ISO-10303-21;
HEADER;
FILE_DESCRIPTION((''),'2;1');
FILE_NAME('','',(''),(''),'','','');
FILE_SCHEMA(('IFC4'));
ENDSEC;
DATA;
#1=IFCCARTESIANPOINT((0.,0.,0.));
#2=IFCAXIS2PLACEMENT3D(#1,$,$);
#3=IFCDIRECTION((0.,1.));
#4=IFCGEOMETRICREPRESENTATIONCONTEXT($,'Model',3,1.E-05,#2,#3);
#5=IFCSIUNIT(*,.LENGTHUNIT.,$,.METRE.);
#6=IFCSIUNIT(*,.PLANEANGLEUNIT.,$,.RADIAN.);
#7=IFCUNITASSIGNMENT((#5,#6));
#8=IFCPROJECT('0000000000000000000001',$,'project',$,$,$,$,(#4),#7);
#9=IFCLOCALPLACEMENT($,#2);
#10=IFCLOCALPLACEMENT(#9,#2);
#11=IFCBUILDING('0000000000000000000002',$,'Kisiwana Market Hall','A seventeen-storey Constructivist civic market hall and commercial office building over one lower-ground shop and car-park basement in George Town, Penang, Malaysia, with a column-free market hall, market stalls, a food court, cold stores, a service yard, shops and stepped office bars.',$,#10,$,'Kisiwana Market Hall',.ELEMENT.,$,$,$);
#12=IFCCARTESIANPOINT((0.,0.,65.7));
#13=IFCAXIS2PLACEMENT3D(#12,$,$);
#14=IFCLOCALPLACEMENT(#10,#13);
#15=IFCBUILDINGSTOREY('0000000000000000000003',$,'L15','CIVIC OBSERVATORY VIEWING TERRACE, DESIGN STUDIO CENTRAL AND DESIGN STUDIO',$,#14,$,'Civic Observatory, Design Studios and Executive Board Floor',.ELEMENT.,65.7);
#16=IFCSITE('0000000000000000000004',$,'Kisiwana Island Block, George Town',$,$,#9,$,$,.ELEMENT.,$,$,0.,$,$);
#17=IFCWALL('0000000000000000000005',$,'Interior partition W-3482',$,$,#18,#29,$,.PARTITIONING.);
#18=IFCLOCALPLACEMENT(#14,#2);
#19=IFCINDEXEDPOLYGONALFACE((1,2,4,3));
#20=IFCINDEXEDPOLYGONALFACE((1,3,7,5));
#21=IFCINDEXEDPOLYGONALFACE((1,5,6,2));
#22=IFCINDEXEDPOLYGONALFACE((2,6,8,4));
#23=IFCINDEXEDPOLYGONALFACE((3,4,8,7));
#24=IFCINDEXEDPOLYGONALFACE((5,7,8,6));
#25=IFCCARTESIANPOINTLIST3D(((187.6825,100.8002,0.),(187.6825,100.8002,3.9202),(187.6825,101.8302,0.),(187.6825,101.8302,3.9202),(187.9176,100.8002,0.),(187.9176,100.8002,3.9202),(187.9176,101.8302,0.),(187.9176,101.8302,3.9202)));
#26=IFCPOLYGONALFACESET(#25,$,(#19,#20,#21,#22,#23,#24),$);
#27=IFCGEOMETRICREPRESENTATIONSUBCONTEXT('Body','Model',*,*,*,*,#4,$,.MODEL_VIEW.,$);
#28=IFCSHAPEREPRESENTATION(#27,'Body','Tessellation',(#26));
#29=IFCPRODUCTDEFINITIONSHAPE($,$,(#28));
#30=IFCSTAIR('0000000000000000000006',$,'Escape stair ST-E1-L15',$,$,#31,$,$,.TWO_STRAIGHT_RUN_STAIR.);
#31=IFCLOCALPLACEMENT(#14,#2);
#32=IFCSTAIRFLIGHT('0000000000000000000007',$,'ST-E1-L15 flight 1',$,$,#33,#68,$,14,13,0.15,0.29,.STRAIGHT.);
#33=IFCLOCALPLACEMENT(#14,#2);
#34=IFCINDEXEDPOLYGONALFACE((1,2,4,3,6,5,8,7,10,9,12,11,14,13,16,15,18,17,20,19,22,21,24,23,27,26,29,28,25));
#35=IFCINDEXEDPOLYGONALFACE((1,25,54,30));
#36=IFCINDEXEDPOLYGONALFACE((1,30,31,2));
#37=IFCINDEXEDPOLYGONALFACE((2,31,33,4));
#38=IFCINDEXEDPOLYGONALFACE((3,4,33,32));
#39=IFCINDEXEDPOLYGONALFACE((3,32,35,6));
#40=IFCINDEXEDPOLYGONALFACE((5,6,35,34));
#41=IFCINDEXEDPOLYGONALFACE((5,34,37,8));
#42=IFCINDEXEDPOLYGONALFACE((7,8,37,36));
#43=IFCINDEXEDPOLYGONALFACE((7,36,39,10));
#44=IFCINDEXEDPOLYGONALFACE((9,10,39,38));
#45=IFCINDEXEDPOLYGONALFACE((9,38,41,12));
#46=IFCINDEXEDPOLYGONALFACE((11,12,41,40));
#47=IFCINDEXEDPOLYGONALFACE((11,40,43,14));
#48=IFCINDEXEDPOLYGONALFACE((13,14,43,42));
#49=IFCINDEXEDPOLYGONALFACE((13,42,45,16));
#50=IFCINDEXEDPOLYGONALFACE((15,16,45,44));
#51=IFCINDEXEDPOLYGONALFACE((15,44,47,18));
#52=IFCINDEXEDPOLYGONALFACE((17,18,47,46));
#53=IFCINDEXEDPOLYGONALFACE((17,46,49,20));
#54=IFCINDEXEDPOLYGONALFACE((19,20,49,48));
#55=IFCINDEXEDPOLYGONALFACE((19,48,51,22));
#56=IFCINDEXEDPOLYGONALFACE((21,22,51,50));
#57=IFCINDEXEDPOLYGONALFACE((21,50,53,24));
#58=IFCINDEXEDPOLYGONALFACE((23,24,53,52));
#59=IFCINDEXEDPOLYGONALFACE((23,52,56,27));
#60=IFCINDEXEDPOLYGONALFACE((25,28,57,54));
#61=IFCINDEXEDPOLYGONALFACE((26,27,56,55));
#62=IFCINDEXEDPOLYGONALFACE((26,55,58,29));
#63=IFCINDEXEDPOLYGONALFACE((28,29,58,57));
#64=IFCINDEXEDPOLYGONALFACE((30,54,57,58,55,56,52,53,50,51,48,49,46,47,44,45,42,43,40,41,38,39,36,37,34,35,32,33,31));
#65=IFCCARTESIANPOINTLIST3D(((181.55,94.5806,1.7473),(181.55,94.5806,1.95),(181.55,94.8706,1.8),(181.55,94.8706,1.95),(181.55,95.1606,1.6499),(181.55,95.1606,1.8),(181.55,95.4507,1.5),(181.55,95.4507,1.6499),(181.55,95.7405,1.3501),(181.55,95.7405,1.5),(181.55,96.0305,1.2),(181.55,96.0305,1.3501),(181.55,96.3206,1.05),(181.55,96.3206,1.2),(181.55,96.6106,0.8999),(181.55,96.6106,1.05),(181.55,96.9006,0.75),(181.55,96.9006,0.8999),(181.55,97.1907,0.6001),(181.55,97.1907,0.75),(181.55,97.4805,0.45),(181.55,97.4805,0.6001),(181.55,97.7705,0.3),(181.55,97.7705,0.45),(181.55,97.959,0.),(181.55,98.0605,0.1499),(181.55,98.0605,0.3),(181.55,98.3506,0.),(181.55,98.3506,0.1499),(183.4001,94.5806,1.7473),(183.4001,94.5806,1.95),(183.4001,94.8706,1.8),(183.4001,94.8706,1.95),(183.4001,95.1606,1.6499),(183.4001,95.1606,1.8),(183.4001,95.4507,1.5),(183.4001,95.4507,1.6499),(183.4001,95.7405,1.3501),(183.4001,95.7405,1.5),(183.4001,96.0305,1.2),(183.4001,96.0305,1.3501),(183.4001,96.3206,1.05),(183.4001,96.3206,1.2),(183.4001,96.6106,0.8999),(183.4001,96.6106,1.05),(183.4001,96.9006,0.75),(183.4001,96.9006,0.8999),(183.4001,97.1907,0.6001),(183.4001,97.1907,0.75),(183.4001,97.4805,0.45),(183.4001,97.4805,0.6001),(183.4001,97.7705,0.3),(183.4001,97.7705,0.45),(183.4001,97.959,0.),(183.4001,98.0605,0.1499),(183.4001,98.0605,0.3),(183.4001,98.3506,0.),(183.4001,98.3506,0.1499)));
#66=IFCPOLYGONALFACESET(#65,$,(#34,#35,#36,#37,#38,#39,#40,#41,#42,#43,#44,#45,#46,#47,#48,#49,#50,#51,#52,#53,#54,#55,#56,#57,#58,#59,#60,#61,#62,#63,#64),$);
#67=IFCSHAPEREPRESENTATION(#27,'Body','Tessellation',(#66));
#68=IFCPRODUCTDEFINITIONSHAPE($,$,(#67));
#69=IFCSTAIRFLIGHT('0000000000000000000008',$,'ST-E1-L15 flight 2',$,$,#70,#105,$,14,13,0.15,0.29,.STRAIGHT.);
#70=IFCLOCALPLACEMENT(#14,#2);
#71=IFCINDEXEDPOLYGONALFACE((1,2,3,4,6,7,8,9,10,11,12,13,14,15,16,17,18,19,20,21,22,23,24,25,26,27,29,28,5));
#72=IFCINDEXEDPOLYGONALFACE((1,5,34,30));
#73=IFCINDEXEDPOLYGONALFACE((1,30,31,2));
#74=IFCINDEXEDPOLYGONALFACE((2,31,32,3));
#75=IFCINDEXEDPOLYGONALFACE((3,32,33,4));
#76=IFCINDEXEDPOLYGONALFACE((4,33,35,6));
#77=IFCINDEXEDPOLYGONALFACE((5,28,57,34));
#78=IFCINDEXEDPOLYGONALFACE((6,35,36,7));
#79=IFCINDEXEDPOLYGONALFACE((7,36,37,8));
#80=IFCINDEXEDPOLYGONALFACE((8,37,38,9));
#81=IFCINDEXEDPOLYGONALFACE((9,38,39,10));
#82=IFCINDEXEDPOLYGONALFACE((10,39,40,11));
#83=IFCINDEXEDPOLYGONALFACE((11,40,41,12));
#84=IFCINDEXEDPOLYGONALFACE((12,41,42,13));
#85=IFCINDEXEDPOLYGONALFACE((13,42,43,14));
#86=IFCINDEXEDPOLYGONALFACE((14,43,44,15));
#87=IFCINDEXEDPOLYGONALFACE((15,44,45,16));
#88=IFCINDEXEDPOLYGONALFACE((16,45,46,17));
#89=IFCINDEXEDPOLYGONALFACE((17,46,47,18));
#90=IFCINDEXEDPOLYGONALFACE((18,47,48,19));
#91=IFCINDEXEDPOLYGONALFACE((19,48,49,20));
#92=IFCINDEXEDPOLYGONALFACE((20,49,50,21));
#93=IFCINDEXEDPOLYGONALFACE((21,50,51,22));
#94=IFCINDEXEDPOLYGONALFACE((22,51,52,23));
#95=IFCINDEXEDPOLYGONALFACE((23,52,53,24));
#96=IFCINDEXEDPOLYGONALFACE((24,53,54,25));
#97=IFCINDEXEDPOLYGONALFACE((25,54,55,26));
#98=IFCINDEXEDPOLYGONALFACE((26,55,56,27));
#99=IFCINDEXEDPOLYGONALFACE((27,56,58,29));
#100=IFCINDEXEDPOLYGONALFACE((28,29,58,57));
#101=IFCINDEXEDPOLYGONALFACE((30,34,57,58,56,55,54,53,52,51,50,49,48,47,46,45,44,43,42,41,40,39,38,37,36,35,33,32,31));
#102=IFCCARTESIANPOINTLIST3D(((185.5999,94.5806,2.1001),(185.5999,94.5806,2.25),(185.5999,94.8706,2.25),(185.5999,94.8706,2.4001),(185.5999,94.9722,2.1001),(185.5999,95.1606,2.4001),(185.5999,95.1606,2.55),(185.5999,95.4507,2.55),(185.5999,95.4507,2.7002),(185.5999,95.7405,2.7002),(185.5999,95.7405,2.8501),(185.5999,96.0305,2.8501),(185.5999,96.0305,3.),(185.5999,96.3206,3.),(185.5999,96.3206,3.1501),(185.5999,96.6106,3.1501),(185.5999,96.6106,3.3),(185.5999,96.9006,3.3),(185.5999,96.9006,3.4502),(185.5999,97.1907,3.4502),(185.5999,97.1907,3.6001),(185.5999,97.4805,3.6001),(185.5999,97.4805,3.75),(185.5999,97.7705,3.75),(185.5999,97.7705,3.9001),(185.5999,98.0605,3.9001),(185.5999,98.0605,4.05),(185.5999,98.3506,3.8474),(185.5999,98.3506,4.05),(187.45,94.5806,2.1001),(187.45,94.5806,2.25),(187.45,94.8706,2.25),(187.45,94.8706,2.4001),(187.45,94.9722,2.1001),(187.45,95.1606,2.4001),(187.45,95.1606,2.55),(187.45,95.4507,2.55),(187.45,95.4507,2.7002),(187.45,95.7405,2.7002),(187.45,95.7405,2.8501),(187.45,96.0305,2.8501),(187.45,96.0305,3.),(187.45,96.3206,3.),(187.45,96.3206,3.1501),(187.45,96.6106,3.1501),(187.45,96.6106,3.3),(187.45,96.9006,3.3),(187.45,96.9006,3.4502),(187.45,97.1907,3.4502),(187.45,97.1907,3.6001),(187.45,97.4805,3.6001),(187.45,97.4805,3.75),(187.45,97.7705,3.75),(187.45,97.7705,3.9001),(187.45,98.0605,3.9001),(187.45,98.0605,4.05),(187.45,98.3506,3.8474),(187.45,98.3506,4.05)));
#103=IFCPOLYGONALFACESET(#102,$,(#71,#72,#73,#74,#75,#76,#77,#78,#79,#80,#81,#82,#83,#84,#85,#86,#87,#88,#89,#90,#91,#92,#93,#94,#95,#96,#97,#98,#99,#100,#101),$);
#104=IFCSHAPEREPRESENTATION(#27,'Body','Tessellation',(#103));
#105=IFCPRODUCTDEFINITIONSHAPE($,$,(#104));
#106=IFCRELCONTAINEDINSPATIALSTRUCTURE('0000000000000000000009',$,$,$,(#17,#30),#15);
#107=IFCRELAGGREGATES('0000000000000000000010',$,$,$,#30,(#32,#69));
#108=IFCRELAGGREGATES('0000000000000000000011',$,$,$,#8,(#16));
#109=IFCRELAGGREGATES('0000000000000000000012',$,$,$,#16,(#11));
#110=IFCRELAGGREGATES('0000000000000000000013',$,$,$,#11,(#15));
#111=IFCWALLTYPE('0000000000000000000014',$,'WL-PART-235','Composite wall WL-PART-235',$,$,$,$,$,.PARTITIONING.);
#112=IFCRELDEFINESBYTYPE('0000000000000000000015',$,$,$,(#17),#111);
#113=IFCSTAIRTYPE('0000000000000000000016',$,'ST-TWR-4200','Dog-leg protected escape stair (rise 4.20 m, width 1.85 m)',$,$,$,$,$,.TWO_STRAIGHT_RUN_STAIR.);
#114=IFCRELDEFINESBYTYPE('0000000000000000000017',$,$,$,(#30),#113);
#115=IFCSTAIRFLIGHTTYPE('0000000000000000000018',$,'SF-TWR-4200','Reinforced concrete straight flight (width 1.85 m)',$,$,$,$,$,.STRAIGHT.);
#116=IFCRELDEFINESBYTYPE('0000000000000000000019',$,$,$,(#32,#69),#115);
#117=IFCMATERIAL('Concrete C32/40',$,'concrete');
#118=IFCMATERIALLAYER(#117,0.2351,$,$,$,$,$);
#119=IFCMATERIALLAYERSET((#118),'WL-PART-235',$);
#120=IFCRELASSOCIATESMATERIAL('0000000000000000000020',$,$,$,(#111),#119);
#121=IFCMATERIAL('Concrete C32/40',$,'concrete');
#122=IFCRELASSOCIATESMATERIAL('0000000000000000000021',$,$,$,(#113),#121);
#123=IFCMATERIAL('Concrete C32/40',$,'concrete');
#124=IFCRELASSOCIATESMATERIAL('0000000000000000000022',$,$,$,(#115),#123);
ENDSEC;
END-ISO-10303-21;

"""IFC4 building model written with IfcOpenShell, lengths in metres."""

from ifc_helpers import new_model, si_unit, direction, frame, frame_2d, origin, place, context, subcontext, project, spatial, polyline, rectangle, outline, extrude, material, layer, layer_set, type_object, element, aggregate, save


model = new_model("IFC4")

# Units and contexts
model_context = context("Model", 3, precision=1e-05, world=origin(), true_north=direction((0.0, 1.0)))
body_context = subcontext(model_context, "Body", "Model", "MODEL_VIEW")
ifc_project = project(units=[si_unit("LENGTHUNIT", "METRE"), si_unit("PLANEANGLEUNIT", "RADIAN")], contexts=[model_context])

# Site, building, storey
site_placement = place(None, origin())
site = spatial("IfcSite", under=ifc_project, at=site_placement, Name="Kisiwana Island Block, George Town", CompositionType="ELEMENT", RefElevation=0.0)
building_placement = place(site_placement, origin())
building = spatial("IfcBuilding", under=site, at=building_placement, Name="Kisiwana Market Hall", Description="A seventeen-storey Constructivist civic market hall and commercial office building over one lower-ground shop and car-park basement in George Town, Penang, Malaysia, with a column-free market hall, market stalls, a food court, cold stores, a service yard, shops and stepped office bars.", LongName="Kisiwana Market Hall", CompositionType="ELEMENT")
storey_placement = place(building_placement, frame((0.0, 0.0, 65.7)))
storey = spatial("IfcBuildingStorey", under=building, at=storey_placement, Name="L15", Description="CIVIC OBSERVATORY VIEWING TERRACE, DESIGN STUDIO CENTRAL AND DESIGN STUDIO", LongName="Civic Observatory, Design Studios and Executive Board Floor", CompositionType="ELEMENT", Elevation=65.7)

# Wall
ifc_material_1 = material(Name="Concrete C32/40", Category="concrete")
ifc_layer_1 = layer(ifc_material_1, 0.2351)
ifc_layer_set_1 = layer_set([ifc_layer_1], Name="WL-PART-235")
wall_type_1 = type_object("IfcWallType", Name="WL-PART-235", Description="Composite wall WL-PART-235", PredefinedType="PARTITIONING", material=ifc_layer_set_1)
wall_1_placement = place(storey_placement, frame((187.8, 100.8, 0.0), z_axis=(0.0, 0.0, 1.0), x_axis=(0.0, 1.0, 0.0)))
element("IfcWall", 1, at=wall_1_placement, inside=storey, type_object=wall_type_1, Name="Interior partition W-3482", PredefinedType="PARTITIONING", context=body_context, shape_type="SweptSolid", body=[
    extrude(rectangle(XDim=1.03, YDim=0.2351, at=frame_2d((0.5151, 0.0))), origin(), (0.0, 0.0, 1.0), 3.9202),
])

# Stair, stair flights
ifc_material_2 = material(Name="Concrete C32/40", Category="concrete")
stair_type = type_object("IfcStairType", Name="ST-TWR-4200", Description="Dog-leg protected escape stair (rise 4.20 m, width 1.85 m)", PredefinedType="TWO_STRAIGHT_RUN_STAIR", material=ifc_material_2)
stair_placement = place(storey_placement, origin())
stair = element("IfcStair", 2, at=stair_placement, inside=storey, type_object=stair_type, Name="Escape stair ST-E1-L15", PredefinedType="TWO_STRAIGHT_RUN_STAIR")
ifc_material_3 = material(Name="Concrete C32/40", Category="concrete")
stair_flight_type = type_object("IfcStairFlightType", Name="SF-TWR-4200", Description="Reinforced concrete straight flight (width 1.85 m)", PredefinedType="STRAIGHT", material=ifc_material_3)
stair_flight_1_placement = place(storey_placement, frame((182.4751, 98.3506, 0.0), z_axis=(0.0, 0.0, 1.0), x_axis=(0.0, -1.0, 0.0)))
stair_flight_1 = element("IfcStairFlight", 3, at=stair_flight_1_placement, type_object=stair_flight_type, Name="ST-E1-L15 flight 1", NumberOfRisers=14, NumberOfTreads=13, PredefinedType="STRAIGHT", RiserHeight=0.15, TreadLength=0.29, context=body_context, shape_type="SweptSolid", body=[
    extrude(outline(polyline([(0.0, 0.0), (0.0, 0.1499), (0.29, 0.1499), (0.29, 0.3), (0.5801, 0.3), (0.5801, 0.45), (0.8701, 0.45), (0.8701, 0.6001), (1.1599, 0.6001), (1.1599, 0.75), (1.45, 0.75), (1.45, 0.8999), (1.74, 0.8999), (1.74, 1.05), (2.03, 1.05), (2.03, 1.2), (2.3201, 1.2), (2.3201, 1.3501), (2.6101, 1.3501), (2.6101, 1.5), (2.8999, 1.5), (2.8999, 1.6499), (3.1899, 1.6499), (3.1899, 1.8), (3.48, 1.8), (3.48, 1.95), (3.77, 1.95), (3.77, 2.1001), (3.77, 1.7473), (0.3916, 0.0), (0.0, 0.0)])), frame((0.0, 0.925, 0.0), z_axis=(0.0, -1.0, 0.0), x_axis=(1.0, 0.0, 0.0)), (0.0, 0.0, 1.0), 1.8501),
])
stair_flight_2_placement = place(storey_placement, frame((186.5249, 94.5806, 2.1001), z_axis=(0.0, 0.0, 1.0), x_axis=(0.0, 1.0, 0.0)))
stair_flight_2 = element("IfcStairFlight", 4, at=stair_flight_2_placement, type_object=stair_flight_type, Name="ST-E1-L15 flight 2", NumberOfRisers=14, NumberOfTreads=13, PredefinedType="STRAIGHT", RiserHeight=0.15, TreadLength=0.29, context=body_context, shape_type="SweptSolid", body=[
    extrude(outline(polyline([(0.0, 0.0), (0.0, 0.1499), (0.29, 0.1499), (0.29, 0.3), (0.5801, 0.3), (0.5801, 0.45), (0.8701, 0.45), (0.8701, 0.6001), (1.1599, 0.6001), (1.1599, 0.75), (1.45, 0.75), (1.45, 0.8999), (1.74, 0.8999), (1.74, 1.05), (2.03, 1.05), (2.03, 1.2), (2.3201, 1.2), (2.3201, 1.3501), (2.6101, 1.3501), (2.6101, 1.5), (2.8999, 1.5), (2.8999, 1.6499), (3.1899, 1.6499), (3.1899, 1.8), (3.48, 1.8), (3.48, 1.95), (3.77, 1.95), (3.77, 2.1001), (3.77, 1.7473), (0.3916, 0.0), (0.0, 0.0)])), frame((0.0, 0.925, 0.0), z_axis=(0.0, -1.0, 0.0), x_axis=(1.0, 0.0, 0.0)), (0.0, 0.0, 1.0), 1.8501),
])
aggregate(stair, [stair_flight_1, stair_flight_2])

save(model, "model.ifc")
